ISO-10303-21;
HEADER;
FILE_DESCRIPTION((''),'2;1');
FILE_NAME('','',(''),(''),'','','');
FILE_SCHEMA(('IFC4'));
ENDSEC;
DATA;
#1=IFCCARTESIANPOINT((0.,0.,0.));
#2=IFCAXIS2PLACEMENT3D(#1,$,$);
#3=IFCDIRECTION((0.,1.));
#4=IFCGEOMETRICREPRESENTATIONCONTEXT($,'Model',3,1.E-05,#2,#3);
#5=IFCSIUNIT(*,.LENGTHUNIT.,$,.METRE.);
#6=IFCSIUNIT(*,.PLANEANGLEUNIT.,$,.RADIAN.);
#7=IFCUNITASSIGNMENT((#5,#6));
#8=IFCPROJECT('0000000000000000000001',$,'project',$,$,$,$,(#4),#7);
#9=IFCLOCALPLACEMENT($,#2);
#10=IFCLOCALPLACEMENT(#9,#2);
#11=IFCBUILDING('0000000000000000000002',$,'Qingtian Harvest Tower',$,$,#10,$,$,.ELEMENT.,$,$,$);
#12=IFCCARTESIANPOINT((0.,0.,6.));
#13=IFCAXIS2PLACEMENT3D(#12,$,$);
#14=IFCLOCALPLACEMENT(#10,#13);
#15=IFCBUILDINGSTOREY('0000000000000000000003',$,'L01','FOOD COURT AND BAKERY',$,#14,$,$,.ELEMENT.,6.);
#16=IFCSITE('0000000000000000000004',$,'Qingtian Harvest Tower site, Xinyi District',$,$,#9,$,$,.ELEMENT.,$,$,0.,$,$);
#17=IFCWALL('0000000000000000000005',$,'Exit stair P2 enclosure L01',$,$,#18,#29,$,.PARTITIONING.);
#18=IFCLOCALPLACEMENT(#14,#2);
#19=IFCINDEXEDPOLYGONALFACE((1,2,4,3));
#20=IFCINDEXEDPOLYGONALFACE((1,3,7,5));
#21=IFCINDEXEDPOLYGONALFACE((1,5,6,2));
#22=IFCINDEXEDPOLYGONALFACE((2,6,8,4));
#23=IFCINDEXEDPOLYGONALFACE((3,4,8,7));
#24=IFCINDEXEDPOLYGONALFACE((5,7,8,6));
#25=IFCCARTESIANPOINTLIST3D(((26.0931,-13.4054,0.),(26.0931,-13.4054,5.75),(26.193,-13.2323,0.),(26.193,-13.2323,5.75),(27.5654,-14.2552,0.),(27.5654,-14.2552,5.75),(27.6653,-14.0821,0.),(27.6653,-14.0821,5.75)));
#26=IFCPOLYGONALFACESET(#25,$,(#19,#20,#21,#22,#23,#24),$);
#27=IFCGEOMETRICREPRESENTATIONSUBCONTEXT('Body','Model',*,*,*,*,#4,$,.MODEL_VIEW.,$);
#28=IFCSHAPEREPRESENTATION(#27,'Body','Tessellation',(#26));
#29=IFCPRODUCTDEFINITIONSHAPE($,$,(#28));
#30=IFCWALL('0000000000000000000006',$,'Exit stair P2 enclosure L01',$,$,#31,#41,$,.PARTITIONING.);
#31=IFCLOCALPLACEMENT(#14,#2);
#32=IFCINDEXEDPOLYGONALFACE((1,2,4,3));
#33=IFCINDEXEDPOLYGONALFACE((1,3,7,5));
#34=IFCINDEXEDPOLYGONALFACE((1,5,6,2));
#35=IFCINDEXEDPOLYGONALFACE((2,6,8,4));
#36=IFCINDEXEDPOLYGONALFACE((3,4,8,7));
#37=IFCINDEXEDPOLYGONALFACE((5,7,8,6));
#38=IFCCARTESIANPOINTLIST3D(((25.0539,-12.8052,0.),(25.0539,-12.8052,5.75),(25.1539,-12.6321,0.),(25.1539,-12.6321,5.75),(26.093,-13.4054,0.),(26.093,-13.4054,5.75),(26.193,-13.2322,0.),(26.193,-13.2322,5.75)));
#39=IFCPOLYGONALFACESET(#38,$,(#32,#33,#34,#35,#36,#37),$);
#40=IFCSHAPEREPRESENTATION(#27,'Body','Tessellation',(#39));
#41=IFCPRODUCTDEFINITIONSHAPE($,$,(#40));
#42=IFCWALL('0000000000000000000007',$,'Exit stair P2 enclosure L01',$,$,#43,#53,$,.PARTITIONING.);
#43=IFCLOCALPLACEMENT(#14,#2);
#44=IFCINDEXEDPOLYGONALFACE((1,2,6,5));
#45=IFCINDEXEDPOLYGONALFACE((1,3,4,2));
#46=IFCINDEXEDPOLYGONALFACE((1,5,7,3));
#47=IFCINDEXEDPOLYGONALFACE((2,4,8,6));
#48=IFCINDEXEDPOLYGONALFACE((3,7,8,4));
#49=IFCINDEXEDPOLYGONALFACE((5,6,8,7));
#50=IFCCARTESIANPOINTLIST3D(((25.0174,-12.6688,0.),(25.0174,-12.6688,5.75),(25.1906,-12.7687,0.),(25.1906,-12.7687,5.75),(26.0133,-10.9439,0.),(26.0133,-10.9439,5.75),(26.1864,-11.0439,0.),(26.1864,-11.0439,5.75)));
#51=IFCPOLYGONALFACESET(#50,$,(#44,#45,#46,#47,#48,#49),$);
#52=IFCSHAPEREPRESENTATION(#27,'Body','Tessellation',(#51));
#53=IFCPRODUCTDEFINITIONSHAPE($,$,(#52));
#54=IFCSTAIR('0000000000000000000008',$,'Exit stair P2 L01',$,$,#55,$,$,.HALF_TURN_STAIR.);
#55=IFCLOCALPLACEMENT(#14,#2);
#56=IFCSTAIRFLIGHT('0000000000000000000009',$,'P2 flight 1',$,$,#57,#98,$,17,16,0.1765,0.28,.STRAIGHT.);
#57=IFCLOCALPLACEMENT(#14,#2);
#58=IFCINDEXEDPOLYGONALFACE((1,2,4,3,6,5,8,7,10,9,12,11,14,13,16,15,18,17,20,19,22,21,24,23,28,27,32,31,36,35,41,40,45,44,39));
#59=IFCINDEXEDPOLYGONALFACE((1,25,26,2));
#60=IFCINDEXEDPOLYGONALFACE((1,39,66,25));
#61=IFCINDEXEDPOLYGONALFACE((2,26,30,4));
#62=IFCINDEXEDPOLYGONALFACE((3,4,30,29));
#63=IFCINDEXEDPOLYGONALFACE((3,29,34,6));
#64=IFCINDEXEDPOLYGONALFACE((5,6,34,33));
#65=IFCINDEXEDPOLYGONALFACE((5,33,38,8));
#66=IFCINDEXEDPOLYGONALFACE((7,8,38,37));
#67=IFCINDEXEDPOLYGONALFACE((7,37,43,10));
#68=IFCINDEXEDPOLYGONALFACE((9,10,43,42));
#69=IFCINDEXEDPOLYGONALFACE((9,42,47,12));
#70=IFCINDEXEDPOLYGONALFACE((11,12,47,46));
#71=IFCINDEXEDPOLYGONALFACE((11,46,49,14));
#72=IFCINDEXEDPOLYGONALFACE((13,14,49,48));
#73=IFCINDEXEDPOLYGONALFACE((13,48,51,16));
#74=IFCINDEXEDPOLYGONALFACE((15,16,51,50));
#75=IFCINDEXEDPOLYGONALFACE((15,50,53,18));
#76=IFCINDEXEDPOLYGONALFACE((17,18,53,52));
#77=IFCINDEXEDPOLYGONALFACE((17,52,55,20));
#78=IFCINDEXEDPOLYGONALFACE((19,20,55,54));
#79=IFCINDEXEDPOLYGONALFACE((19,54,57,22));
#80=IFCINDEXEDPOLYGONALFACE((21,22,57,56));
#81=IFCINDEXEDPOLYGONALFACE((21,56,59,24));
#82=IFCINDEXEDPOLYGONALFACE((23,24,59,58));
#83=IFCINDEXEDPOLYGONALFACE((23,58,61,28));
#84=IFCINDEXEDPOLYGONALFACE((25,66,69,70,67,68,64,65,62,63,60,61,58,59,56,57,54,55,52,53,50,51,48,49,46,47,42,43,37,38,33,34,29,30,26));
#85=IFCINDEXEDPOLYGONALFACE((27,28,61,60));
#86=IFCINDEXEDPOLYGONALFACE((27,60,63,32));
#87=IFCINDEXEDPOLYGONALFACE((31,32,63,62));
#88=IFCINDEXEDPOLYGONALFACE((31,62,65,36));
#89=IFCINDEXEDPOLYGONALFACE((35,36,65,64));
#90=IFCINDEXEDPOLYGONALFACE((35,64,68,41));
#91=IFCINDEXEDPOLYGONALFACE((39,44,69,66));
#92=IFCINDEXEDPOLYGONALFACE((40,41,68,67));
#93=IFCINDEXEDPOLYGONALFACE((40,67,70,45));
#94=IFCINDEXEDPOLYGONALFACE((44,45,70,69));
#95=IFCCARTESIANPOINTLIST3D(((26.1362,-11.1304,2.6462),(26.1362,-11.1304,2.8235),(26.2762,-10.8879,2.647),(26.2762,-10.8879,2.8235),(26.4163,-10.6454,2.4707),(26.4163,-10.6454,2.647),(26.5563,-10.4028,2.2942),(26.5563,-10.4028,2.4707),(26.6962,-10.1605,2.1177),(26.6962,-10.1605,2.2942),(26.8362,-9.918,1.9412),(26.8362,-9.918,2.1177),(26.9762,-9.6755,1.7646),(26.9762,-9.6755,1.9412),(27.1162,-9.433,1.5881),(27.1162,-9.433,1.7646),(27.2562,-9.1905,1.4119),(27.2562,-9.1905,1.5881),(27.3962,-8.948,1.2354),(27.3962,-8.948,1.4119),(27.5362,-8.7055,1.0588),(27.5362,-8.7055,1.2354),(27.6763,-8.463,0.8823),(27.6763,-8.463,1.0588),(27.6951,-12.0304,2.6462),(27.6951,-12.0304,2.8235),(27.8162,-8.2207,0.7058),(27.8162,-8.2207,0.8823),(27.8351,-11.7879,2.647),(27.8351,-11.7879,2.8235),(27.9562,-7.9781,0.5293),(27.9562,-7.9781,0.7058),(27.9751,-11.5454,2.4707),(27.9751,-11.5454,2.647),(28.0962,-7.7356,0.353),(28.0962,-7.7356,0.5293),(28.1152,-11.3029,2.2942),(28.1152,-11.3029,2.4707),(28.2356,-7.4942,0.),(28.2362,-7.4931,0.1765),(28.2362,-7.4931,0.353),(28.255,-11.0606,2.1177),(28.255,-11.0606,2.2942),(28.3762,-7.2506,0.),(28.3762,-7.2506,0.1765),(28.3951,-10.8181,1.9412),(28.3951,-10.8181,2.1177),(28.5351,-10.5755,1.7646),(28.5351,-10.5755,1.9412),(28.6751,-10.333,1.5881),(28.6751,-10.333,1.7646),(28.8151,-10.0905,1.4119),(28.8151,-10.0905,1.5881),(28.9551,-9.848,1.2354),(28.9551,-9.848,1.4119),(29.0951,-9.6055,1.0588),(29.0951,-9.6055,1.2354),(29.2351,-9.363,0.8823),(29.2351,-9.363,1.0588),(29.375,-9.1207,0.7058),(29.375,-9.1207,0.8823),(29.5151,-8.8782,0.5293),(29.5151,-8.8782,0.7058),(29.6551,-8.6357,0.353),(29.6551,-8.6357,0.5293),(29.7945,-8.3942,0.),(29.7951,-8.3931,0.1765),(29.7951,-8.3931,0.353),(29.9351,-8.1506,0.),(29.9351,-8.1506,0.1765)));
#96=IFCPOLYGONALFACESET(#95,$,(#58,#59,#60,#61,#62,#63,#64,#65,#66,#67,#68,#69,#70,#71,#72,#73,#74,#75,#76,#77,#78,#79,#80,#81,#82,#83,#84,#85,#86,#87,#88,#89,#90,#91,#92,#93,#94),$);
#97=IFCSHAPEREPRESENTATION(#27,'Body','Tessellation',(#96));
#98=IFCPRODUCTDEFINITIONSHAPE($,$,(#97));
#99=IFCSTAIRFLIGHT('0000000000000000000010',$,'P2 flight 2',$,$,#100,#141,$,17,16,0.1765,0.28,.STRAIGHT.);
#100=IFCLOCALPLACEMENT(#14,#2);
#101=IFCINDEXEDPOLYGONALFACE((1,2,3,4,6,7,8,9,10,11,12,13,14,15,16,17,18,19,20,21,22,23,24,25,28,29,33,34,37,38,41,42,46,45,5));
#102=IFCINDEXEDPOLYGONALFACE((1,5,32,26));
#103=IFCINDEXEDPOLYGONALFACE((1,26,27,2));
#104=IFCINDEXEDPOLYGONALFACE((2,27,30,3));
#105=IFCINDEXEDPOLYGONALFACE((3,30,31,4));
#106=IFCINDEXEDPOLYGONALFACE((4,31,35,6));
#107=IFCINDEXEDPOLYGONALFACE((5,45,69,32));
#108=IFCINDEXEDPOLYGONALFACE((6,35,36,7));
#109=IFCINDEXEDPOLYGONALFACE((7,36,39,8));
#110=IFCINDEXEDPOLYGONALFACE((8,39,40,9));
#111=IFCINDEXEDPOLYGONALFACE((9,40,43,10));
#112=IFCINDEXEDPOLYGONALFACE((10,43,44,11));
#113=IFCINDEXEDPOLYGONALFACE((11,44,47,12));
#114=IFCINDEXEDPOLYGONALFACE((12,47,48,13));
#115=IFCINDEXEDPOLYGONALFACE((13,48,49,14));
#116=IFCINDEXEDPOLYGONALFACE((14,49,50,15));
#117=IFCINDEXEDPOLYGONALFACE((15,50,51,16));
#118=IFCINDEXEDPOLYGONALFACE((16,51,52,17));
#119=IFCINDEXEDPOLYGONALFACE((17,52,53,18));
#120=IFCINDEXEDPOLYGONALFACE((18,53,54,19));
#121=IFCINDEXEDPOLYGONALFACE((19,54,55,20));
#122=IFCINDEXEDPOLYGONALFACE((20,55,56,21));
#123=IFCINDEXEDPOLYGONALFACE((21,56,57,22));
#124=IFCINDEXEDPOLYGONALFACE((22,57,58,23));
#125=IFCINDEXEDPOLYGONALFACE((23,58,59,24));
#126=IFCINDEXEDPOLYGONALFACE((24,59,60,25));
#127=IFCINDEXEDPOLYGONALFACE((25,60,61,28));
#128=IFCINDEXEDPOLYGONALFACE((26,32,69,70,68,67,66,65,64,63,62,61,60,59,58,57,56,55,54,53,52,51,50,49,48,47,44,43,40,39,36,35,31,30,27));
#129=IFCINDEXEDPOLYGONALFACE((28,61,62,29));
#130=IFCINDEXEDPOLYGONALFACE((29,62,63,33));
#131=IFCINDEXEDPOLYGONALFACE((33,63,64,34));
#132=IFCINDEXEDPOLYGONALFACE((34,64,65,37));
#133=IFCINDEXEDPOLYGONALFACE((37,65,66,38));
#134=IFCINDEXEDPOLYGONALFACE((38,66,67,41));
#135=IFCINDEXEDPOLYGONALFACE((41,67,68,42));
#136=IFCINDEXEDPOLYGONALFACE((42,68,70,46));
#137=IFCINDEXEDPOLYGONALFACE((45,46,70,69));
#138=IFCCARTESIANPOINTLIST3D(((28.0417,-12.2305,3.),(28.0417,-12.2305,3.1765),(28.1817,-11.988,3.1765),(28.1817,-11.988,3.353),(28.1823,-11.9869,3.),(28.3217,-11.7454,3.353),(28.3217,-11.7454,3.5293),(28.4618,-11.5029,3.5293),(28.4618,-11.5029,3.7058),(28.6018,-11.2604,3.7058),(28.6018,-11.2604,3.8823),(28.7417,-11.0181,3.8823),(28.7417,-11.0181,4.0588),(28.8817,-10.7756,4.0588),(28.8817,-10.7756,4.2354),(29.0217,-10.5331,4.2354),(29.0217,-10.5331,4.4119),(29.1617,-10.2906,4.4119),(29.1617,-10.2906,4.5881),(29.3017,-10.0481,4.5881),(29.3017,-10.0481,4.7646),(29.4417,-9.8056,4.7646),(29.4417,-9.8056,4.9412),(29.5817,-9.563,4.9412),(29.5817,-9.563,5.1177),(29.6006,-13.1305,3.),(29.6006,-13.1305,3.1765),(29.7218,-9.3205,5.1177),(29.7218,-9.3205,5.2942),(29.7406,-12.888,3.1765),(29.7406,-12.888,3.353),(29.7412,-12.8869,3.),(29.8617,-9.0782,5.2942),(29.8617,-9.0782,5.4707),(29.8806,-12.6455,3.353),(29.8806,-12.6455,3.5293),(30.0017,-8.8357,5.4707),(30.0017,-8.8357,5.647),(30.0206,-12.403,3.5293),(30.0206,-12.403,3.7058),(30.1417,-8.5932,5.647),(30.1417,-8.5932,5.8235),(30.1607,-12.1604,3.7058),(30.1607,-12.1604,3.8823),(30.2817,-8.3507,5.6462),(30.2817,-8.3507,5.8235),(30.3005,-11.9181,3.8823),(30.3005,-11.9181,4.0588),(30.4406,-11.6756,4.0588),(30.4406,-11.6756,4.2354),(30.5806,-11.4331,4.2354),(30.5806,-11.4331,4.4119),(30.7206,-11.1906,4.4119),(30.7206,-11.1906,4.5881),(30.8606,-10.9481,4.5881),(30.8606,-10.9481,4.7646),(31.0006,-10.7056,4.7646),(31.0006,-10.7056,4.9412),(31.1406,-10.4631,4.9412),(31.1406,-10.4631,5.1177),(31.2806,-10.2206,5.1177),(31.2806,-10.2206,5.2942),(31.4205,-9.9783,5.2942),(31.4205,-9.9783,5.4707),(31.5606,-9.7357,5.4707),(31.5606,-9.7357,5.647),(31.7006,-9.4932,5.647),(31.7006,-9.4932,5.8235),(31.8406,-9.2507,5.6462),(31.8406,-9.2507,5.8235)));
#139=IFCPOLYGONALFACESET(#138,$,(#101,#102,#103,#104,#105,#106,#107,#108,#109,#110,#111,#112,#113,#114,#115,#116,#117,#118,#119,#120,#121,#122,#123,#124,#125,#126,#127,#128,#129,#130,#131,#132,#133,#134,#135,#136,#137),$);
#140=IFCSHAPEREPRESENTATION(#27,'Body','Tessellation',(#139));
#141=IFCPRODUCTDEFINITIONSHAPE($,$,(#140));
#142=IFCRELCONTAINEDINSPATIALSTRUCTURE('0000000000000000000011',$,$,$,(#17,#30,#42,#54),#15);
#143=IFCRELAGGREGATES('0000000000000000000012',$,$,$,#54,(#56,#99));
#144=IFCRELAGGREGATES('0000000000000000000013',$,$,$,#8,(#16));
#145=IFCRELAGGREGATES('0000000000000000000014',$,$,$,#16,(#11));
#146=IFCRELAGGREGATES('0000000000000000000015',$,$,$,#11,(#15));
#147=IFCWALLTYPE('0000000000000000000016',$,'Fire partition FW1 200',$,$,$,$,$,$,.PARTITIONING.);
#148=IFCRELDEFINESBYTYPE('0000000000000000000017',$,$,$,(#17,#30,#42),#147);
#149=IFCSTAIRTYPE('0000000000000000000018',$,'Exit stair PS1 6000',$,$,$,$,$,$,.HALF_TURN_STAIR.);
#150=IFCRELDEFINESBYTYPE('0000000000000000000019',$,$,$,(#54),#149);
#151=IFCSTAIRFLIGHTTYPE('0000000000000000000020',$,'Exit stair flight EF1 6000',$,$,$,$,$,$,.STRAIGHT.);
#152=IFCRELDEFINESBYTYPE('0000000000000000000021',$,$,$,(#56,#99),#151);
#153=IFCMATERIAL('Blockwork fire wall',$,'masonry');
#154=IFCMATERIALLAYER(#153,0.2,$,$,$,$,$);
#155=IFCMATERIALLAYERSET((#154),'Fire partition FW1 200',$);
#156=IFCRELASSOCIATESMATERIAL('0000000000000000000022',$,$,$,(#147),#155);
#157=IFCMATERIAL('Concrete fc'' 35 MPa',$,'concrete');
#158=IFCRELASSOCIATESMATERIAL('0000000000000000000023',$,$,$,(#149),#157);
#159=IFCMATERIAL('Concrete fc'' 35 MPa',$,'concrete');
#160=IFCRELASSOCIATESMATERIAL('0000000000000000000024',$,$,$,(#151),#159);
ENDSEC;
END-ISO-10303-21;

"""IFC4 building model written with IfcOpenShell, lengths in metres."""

from ifc_helpers import new_model, si_unit, direction, frame, frame_2d, origin, place, context, subcontext, project, spatial, polyline, rectangle, outline, extrude, material, layer, layer_set, type_object, element, aggregate, save


model = new_model("IFC4")

# Units and contexts
model_context = context("Model", 3, precision=1e-05, world=origin(), true_north=direction((0.0, 1.0)))
body_context = subcontext(model_context, "Body", "Model", "MODEL_VIEW")
ifc_project = project(units=[si_unit("LENGTHUNIT", "METRE"), si_unit("PLANEANGLEUNIT", "RADIAN")], contexts=[model_context])

# Site, building, storey
site_placement = place(None, origin())
site = spatial("IfcSite", under=ifc_project, at=site_placement, Name="Qingtian Harvest Tower site, Xinyi District", CompositionType="ELEMENT", RefElevation=0.0)
building_placement = place(site_placement, origin())
building = spatial("IfcBuilding", under=site, at=building_placement, Name="Qingtian Harvest Tower", CompositionType="ELEMENT")
storey_placement = place(building_placement, frame((0.0, 0.0, 6.0)))
storey = spatial("IfcBuildingStorey", under=building, at=storey_placement, Name="L01", Description="FOOD COURT AND BAKERY", CompositionType="ELEMENT", Elevation=6.0)

# Shared definitions
ifc_material_1 = material(Name="Blockwork fire wall", Category="masonry")
ifc_layer_1 = layer(ifc_material_1, 0.2)
ifc_layer_set_1 = layer_set([ifc_layer_1], Name="Fire partition FW1 200")
wall_type_1 = type_object("IfcWallType", Name="Fire partition FW1 200", PredefinedType="PARTITIONING", material=ifc_layer_set_1)

# Walls
wall_1_placement = place(storey_placement, frame((27.6155, -14.1687, 0.0), z_axis=(0.0, 0.0, 1.0), x_axis=(-0.866088, 0.499892, 0.0)))
element("IfcWall", 1, at=wall_1_placement, inside=storey, type_object=wall_type_1, Name="Exit stair P2 enclosure L01", PredefinedType="PARTITIONING", context=body_context, shape_type="SweptSolid", body=[
    extrude(rectangle(XDim=1.7, YDim=0.2, at=frame_2d((0.8501, 0.0))), origin(), (0.0, 0.0, 1.0), 5.75),
])
wall_2_placement = place(storey_placement, frame((26.1431, -13.3188, 0.0), z_axis=(0.0, 0.0, 1.0), x_axis=(-0.865955, 0.500122, 0.0)))
element("IfcWall", 2, at=wall_2_placement, inside=storey, type_object=wall_type_1, Name="Exit stair P2 enclosure L01", PredefinedType="PARTITIONING", context=body_context, shape_type="SweptSolid", body=[
    extrude(rectangle(XDim=1.2, YDim=0.2, at=frame_2d((0.6001, 0.0))), origin(), (0.0, 0.0, 1.0), 5.75),
])
wall_3_placement = place(storey_placement, frame((26.0999, -10.9939, 0.0), z_axis=(0.0, 0.0, 1.0), x_axis=(-0.500002, -0.866024, 0.0)))
element("IfcWall", 3, at=wall_3_placement, inside=storey, type_object=wall_type_1, Name="Exit stair P2 enclosure L01", PredefinedType="PARTITIONING", context=body_context, shape_type="SweptSolid", body=[
    extrude(rectangle(XDim=1.9917, YDim=0.2, at=frame_2d((0.9958, 0.0))), origin(), (0.0, 0.0, 1.0), 5.75),
])

# Stair, stair flights
ifc_material_2 = material(Name="Concrete fc' 35 MPa", Category="concrete")
stair_type = type_object("IfcStairType", Name="Exit stair PS1 6000", PredefinedType="HALF_TURN_STAIR", material=ifc_material_2)
stair_placement = place(storey_placement, origin())
stair = element("IfcStair", 4, at=stair_placement, inside=storey, type_object=stair_type, Name="Exit stair P2 L01", PredefinedType="HALF_TURN_STAIR")
ifc_material_3 = material(Name="Concrete fc' 35 MPa", Category="concrete")
stair_flight_type = type_object("IfcStairFlightType", Name="Exit stair flight EF1 6000", PredefinedType="STRAIGHT", material=ifc_material_3)
stair_flight_1_placement = place(storey_placement, frame((29.1558, -7.7007, 0.0), z_axis=(0.0, 0.0, 1.0), x_axis=(-0.5, -0.866025, 0.0)))
stair_flight_1 = element("IfcStairFlight", 5, at=stair_flight_1_placement, type_object=stair_flight_type, Name="P2 flight 1", NumberOfRisers=17, NumberOfTreads=16, PredefinedType="STRAIGHT", RiserHeight=0.1765, TreadLength=0.28, context=body_context, shape_type="SweptSolid", body=[
    extrude(outline(polyline([(0.0, 0.0), (0.0, 0.1765), (0.28, 0.1765), (0.28, 0.353), (0.5601, 0.353), (0.5601, 0.5293), (0.8401, 0.5293), (0.8401, 0.7058), (1.1201, 0.7058), (1.1201, 0.8823), (1.3999, 0.8823), (1.3999, 1.0588), (1.6799, 1.0588), (1.6799, 1.2354), (1.96, 1.2354), (1.96, 1.4119), (2.24, 1.4119), (2.24, 1.5881), (2.52, 1.5881), (2.52, 1.7646), (2.8, 1.7646), (2.8, 1.9412), (3.0801, 1.9412), (3.0801, 2.1177), (3.3601, 2.1177), (3.3601, 2.2942), (3.6399, 2.2942), (3.6399, 2.4707), (3.9199, 2.4707), (3.9199, 2.647), (4.2, 2.647), (4.2, 2.8235), (4.48, 2.8235), (4.48, 3.0), (4.48, 2.6462), (0.2812, 0.0), (0.0, 0.0)])), frame((0.0, 0.8999, 0.0), z_axis=(0.0, -1.0, 0.0), x_axis=(1.0, 0.0, 0.0)), (0.0, 0.0, 1.0), 1.8),
])
stair_flight_2_placement = place(storey_placement, frame((28.821, -12.6804, 3.0), z_axis=(0.0, 0.0, 1.0), x_axis=(0.5, 0.866025, 0.0)))
stair_flight_2 = element("IfcStairFlight", 6, at=stair_flight_2_placement, type_object=stair_flight_type, Name="P2 flight 2", NumberOfRisers=17, NumberOfTreads=16, PredefinedType="STRAIGHT", RiserHeight=0.1765, TreadLength=0.28, context=body_context, shape_type="SweptSolid", body=[
    extrude(outline(polyline([(0.0, 0.0), (0.0, 0.1765), (0.28, 0.1765), (0.28, 0.353), (0.5601, 0.353), (0.5601, 0.5293), (0.8401, 0.5293), (0.8401, 0.7058), (1.1201, 0.7058), (1.1201, 0.8823), (1.3999, 0.8823), (1.3999, 1.0588), (1.6799, 1.0588), (1.6799, 1.2354), (1.96, 1.2354), (1.96, 1.4119), (2.24, 1.4119), (2.24, 1.5881), (2.52, 1.5881), (2.52, 1.7646), (2.8, 1.7646), (2.8, 1.9412), (3.0801, 1.9412), (3.0801, 2.1177), (3.3601, 2.1177), (3.3601, 2.2942), (3.6399, 2.2942), (3.6399, 2.4707), (3.9199, 2.4707), (3.9199, 2.647), (4.2, 2.647), (4.2, 2.8235), (4.48, 2.8235), (4.48, 3.0), (4.48, 2.6462), (0.2812, 0.0), (0.0, 0.0)])), frame((0.0, 0.8999, 0.0), z_axis=(0.0, -1.0, 0.0), x_axis=(1.0, 0.0, 0.0)), (0.0, 0.0, 1.0), 1.8),
])
aggregate(stair, [stair_flight_1, stair_flight_2])

save(model, "model.ifc")
